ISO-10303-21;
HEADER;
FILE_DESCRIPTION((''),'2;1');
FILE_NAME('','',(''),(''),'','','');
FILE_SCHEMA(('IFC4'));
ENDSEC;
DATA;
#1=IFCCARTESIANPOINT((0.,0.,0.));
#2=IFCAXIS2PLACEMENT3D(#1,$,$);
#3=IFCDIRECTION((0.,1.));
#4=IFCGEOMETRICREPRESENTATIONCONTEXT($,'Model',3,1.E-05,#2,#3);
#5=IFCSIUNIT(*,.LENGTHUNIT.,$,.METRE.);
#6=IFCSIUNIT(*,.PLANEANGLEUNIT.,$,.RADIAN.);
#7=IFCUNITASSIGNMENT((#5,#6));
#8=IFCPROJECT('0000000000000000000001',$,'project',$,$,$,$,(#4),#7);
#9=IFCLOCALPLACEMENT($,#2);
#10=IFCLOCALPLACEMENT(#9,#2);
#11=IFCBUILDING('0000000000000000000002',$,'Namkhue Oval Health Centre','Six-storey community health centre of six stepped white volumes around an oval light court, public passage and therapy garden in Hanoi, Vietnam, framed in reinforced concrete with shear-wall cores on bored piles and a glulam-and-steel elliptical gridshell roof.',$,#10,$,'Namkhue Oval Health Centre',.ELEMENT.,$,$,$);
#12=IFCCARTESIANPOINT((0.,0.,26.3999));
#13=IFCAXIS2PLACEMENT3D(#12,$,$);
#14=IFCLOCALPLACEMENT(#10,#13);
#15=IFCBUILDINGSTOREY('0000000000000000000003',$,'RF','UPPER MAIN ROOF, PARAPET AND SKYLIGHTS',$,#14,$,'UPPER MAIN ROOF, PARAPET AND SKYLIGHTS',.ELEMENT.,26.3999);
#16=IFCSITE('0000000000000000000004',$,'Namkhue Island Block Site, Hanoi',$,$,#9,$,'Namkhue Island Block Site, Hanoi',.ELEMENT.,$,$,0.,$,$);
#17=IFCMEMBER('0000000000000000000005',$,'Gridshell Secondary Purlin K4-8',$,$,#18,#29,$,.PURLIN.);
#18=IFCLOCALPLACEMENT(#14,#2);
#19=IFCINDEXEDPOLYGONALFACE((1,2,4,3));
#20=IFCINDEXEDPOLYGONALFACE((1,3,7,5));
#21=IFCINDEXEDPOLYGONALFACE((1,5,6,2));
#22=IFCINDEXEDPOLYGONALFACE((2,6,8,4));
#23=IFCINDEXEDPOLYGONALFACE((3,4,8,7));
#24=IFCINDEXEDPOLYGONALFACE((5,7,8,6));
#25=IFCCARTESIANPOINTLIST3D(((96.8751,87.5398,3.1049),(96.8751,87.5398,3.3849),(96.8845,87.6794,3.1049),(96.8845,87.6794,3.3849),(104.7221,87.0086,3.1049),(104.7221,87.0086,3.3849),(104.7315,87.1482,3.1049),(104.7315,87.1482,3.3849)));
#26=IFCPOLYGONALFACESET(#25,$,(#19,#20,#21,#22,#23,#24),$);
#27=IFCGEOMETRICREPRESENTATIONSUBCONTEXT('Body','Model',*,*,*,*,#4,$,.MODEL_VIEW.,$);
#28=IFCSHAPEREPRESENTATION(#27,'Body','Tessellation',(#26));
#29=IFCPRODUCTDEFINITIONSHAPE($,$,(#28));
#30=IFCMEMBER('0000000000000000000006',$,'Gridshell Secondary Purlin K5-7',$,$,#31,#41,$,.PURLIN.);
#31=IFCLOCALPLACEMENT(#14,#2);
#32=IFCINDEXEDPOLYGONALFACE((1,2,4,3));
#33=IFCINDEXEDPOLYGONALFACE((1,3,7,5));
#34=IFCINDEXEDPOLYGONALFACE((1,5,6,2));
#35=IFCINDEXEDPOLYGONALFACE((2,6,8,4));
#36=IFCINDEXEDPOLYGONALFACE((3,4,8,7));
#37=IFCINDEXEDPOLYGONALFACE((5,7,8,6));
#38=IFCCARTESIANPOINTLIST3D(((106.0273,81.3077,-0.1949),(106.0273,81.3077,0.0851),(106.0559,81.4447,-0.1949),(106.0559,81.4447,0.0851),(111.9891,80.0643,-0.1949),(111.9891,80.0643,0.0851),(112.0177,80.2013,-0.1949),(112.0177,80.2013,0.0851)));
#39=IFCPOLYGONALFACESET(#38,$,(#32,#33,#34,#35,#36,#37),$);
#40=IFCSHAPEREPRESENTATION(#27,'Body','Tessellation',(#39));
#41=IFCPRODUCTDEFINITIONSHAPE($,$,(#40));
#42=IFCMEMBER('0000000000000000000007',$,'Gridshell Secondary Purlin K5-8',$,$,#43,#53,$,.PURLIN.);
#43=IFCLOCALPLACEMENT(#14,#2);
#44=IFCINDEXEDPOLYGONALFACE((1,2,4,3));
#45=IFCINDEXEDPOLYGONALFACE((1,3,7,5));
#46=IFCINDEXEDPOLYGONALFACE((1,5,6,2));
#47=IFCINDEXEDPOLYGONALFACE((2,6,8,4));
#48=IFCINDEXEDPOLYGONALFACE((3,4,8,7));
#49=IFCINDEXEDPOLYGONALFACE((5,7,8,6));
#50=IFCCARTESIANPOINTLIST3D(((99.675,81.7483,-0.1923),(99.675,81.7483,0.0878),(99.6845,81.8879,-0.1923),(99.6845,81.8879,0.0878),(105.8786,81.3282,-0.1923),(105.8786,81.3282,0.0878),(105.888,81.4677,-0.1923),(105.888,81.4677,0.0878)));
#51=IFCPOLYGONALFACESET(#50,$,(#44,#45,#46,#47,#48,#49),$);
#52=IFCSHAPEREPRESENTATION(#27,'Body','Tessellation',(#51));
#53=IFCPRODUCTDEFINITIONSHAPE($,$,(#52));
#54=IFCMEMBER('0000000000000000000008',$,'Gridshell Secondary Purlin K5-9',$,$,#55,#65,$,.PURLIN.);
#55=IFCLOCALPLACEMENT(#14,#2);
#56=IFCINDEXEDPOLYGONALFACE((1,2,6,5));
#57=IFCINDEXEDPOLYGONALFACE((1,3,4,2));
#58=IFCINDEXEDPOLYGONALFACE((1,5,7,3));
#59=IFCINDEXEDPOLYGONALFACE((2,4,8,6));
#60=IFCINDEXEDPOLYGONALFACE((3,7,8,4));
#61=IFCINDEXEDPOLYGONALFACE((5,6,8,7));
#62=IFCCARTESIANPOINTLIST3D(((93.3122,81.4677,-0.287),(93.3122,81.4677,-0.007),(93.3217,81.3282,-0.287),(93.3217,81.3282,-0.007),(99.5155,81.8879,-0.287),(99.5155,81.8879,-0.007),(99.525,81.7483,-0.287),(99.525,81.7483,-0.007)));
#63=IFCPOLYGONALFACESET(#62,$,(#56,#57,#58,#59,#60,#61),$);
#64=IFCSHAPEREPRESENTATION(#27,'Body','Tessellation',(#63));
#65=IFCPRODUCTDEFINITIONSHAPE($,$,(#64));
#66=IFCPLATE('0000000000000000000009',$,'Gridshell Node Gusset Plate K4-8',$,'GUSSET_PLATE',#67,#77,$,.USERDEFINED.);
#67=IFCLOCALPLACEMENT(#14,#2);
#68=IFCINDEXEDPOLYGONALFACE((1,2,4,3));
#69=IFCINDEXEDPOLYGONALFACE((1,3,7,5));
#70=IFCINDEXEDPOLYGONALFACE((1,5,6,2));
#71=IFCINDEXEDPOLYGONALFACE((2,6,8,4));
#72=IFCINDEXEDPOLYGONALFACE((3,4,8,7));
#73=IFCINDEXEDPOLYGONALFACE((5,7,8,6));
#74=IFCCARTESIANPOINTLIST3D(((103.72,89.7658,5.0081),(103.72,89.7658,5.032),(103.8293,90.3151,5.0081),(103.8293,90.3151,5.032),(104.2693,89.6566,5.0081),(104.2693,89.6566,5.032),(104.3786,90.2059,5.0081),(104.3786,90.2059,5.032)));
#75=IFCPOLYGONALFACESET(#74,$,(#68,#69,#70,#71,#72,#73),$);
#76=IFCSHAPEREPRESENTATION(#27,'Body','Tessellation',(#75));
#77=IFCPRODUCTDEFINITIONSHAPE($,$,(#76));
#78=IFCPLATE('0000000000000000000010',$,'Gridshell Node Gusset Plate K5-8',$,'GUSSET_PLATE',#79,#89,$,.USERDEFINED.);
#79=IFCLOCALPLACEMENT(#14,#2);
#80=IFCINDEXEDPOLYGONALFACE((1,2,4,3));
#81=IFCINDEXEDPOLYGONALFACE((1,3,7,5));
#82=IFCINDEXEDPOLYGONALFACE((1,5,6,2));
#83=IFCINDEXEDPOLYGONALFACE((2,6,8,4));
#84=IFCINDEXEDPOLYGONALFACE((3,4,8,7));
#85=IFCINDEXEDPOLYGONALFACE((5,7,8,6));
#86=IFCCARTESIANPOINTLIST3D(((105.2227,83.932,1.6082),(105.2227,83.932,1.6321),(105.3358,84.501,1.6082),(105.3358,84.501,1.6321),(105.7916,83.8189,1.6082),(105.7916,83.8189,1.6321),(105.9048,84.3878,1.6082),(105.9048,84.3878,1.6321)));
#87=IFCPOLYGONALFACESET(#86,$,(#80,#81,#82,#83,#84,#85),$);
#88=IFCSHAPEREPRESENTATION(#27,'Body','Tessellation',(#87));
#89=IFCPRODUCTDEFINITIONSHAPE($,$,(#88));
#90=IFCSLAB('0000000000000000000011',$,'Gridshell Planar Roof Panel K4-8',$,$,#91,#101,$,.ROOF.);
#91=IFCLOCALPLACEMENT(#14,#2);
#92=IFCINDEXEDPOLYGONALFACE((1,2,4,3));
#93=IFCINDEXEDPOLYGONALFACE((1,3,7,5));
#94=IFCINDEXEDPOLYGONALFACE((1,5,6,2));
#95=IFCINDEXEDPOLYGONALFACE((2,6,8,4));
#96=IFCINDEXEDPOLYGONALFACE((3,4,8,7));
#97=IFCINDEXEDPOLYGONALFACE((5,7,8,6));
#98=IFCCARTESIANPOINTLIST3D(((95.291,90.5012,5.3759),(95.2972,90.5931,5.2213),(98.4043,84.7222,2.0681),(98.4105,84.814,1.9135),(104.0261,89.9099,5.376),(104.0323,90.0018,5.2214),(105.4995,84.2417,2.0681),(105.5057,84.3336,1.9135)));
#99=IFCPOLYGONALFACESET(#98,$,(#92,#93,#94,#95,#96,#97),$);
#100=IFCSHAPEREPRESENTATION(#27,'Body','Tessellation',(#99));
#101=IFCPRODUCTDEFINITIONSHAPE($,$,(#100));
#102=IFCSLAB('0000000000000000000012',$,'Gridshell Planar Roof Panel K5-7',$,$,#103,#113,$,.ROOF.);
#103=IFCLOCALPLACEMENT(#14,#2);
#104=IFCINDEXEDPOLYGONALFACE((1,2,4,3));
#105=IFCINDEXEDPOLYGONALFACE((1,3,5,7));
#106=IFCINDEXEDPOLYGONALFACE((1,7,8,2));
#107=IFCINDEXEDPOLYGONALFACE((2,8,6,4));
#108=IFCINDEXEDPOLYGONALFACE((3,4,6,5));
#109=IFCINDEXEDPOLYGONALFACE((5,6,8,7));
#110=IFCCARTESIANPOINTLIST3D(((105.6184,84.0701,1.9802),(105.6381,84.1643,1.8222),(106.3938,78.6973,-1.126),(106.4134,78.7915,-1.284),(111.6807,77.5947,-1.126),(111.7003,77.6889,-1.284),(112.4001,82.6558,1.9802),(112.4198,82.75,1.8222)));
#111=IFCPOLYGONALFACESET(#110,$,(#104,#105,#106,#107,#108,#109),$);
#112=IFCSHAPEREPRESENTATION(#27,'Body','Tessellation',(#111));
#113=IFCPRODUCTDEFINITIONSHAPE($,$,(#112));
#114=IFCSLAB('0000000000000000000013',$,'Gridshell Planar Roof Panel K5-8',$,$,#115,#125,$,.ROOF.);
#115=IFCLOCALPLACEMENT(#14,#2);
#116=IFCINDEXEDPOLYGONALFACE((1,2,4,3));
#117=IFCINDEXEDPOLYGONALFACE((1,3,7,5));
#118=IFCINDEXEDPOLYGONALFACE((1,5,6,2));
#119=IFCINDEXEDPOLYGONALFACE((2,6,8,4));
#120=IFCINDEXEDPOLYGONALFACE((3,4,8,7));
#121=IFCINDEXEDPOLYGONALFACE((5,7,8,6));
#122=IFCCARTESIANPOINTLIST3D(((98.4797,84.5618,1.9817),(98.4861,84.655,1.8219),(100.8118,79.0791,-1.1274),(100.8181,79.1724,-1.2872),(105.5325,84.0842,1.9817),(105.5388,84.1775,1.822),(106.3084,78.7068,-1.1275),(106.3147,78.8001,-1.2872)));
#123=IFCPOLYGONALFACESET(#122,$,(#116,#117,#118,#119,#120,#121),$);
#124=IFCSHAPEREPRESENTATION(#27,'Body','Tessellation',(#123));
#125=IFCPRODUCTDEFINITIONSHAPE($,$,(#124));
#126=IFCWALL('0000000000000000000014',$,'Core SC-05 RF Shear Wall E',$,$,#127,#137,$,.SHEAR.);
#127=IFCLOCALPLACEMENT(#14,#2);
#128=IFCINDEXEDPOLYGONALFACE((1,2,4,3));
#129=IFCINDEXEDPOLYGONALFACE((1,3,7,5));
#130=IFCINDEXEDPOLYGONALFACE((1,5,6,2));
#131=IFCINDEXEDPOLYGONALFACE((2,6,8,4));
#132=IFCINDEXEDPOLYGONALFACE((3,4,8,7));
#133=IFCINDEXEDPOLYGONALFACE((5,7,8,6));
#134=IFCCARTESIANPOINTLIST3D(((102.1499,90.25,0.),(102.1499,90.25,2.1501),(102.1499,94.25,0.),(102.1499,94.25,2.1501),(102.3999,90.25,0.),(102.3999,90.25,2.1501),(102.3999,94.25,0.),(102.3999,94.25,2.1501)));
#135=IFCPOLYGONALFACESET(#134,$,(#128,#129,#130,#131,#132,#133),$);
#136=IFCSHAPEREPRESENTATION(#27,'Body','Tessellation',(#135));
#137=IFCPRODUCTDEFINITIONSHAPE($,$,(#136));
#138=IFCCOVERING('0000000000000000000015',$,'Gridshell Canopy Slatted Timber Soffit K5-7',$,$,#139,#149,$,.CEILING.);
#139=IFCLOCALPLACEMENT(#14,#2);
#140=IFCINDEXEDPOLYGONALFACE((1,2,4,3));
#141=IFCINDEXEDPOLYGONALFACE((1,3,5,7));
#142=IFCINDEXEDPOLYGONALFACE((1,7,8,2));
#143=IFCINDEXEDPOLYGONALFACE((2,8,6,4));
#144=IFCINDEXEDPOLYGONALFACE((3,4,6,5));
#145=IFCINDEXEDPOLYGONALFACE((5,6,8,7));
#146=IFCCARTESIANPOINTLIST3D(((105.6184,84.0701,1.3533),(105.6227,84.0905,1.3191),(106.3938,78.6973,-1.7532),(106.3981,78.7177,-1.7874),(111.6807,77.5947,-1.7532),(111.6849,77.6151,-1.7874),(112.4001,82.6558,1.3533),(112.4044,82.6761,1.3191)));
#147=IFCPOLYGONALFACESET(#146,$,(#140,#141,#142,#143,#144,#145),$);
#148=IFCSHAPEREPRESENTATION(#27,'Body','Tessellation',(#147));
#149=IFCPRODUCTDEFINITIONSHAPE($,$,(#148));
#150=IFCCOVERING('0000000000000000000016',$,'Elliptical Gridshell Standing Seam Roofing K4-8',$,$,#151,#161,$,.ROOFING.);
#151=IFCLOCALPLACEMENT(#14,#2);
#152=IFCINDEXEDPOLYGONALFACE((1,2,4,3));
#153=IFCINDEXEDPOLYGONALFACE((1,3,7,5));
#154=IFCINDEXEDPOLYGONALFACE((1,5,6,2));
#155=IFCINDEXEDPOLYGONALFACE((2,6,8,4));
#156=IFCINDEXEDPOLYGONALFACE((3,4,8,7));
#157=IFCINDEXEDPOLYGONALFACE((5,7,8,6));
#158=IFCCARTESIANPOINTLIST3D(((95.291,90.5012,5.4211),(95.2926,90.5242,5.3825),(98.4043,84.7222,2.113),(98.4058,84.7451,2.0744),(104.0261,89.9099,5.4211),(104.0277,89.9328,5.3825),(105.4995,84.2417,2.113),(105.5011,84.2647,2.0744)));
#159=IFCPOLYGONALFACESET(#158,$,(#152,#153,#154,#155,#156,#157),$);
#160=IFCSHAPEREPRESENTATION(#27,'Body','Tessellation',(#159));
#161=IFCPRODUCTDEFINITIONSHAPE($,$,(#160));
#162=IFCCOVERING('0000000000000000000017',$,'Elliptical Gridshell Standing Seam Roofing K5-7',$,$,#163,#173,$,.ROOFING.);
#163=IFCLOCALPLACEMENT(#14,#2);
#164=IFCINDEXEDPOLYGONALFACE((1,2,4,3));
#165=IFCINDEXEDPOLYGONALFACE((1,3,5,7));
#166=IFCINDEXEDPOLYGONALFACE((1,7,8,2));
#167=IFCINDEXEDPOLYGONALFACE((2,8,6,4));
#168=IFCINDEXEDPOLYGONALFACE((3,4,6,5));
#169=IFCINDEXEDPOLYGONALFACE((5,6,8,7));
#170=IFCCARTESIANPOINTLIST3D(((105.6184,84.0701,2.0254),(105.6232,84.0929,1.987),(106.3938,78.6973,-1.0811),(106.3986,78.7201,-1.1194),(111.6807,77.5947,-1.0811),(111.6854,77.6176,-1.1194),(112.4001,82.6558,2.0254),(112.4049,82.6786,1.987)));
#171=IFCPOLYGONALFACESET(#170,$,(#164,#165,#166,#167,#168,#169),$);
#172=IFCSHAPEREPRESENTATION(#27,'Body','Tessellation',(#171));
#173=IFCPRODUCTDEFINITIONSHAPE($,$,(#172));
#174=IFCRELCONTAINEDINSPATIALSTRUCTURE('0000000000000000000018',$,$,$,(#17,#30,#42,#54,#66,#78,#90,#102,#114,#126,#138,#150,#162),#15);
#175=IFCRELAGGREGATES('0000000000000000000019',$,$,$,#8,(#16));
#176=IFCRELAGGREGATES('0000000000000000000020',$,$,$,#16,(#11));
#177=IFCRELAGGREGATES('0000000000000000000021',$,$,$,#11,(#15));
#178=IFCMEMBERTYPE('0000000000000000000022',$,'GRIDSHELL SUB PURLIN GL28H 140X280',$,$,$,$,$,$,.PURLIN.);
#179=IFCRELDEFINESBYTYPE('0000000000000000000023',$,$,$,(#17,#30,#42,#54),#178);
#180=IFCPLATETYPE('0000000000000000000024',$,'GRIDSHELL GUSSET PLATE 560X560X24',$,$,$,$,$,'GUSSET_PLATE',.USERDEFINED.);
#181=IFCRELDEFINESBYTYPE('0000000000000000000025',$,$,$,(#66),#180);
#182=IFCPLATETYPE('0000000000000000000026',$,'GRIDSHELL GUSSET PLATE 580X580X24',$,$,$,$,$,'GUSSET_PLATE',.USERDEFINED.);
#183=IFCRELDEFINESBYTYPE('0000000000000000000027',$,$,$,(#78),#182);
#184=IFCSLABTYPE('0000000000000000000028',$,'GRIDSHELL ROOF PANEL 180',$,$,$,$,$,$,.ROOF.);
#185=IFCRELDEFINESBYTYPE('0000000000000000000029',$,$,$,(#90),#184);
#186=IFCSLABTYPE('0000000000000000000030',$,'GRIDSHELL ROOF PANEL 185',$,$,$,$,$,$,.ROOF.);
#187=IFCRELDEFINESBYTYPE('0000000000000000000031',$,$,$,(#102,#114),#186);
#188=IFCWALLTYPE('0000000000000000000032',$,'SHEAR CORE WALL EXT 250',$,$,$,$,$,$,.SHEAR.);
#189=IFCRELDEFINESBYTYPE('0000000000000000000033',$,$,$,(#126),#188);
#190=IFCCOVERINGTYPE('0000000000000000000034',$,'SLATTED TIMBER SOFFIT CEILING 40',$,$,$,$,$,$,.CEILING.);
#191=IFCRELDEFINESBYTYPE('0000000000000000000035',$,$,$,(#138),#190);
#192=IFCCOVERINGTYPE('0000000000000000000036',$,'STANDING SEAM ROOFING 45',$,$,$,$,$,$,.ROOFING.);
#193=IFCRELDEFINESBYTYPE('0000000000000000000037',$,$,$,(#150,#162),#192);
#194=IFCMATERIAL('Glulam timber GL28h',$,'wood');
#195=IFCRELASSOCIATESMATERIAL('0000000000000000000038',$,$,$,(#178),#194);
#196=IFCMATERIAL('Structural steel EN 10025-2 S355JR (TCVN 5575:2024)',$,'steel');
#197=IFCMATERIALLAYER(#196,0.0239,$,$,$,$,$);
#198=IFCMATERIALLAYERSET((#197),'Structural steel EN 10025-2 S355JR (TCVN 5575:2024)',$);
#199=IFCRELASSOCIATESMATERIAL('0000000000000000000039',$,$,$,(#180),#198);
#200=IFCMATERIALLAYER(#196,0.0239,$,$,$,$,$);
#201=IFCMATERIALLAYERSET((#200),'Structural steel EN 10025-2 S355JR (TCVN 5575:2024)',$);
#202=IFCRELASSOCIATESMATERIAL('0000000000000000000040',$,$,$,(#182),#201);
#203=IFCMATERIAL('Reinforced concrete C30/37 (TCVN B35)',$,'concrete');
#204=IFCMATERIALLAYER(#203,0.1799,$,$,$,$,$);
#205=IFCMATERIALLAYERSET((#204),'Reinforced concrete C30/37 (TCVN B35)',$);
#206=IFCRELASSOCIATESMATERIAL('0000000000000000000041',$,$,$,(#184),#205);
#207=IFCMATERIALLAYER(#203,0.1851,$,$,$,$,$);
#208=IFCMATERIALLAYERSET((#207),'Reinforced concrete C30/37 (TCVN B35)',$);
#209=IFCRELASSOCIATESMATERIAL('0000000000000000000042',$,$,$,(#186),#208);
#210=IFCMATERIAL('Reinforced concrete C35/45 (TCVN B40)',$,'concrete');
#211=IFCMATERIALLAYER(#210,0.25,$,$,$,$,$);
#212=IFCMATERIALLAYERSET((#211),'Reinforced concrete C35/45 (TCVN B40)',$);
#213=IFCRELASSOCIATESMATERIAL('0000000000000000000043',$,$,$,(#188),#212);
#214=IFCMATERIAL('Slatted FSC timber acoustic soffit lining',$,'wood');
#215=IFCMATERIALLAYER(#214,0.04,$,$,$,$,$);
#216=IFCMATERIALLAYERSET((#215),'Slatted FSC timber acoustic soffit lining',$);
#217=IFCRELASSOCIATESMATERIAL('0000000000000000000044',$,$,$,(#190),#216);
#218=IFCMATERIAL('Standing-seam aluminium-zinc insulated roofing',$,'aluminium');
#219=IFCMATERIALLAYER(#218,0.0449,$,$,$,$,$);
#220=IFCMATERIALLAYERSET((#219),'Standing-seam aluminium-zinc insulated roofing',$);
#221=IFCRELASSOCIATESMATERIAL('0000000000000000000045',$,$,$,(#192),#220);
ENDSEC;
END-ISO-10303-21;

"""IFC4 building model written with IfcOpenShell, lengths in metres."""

from ifc_helpers import new_model, si_unit, direction, frame, frame_2d, origin, origin_2d, place, context, subcontext, project, spatial, polyline, rectangle, outline, extrude, material, layer, layer_set, material_profile, profile_set, type_object, element, save


model = new_model("IFC4")

# Units and contexts
model_context = context("Model", 3, precision=1e-05, world=origin(), true_north=direction((0.0, 1.0)))
body_context = subcontext(model_context, "Body", "Model", "MODEL_VIEW")
ifc_project = project(units=[si_unit("LENGTHUNIT", "METRE"), si_unit("PLANEANGLEUNIT", "RADIAN")], contexts=[model_context])

# Site, building, storey
site_placement = place(None, origin())
site = spatial("IfcSite", under=ifc_project, at=site_placement, Name="Namkhue Island Block Site, Hanoi", LongName="Namkhue Island Block Site, Hanoi", CompositionType="ELEMENT", RefElevation=0.0)
building_placement = place(site_placement, origin())
building = spatial("IfcBuilding", under=site, at=building_placement, Name="Namkhue Oval Health Centre", Description="Six-storey community health centre of six stepped white volumes around an oval light court, public passage and therapy garden in Hanoi, Vietnam, framed in reinforced concrete with shear-wall cores on bored piles and a glulam-and-steel elliptical gridshell roof.", LongName="Namkhue Oval Health Centre", CompositionType="ELEMENT")
storey_placement = place(building_placement, frame((0.0, 0.0, 26.3999)))
storey = spatial("IfcBuildingStorey", under=building, at=storey_placement, Name="RF", Description="UPPER MAIN ROOF, PARAPET AND SKYLIGHTS", LongName="UPPER MAIN ROOF, PARAPET AND SKYLIGHTS", CompositionType="ELEMENT", Elevation=26.3999)

# Members
ifc_material_1 = material(Name="Structural steel EN 10025-2 S355JR (TCVN 5575:2024)", Category="steel")
ifc_material_2 = material(Name="Glulam timber GL28h", Category="wood")
ifc_material_profile_1 = material_profile(ifc_material_2, rectangle(XDim=0.1399, YDim=0.28, at=origin_2d()), Name="GL28h 140x280")
ifc_profile_set_1 = profile_set([ifc_material_profile_1], Name="Glulam timber GL28h")
member_type_1 = type_object("IfcMemberType", Name="GRIDSHELL SUB PURLIN GL28H 140X280", PredefinedType="PURLIN", material=ifc_profile_set_1)
member_1_placement = place(storey_placement, frame((104.7268, 87.0784, 3.2449), z_axis=(-0.997716, 0.067547, 0.0), x_axis=(-0.067547, -0.997716, 0.0)))
element("IfcMember", 1, at=member_1_placement, inside=storey, type_object=member_type_1, Name="Gridshell Secondary Purlin K4-8", PredefinedType="PURLIN", context=body_context, shape_type="SweptSolid", body=[
    extrude(rectangle(XDim=0.1399, YDim=0.28, at=origin_2d()), origin(), (0.0, 0.0, 1.0), 7.865),
])
member_2_placement = place(storey_placement, frame((112.0034, 80.1328, -0.0549), z_axis=(-0.978936, 0.204166, 0.0), x_axis=(-0.204166, -0.978936, 0.0)))
element("IfcMember", 2, at=member_2_placement, inside=storey, type_object=member_type_1, Name="Gridshell Secondary Purlin K5-7", PredefinedType="PURLIN", context=body_context, shape_type="SweptSolid", body=[
    extrude(rectangle(XDim=0.1399, YDim=0.28, at=origin_2d()), origin(), (0.0, 0.0, 1.0), 6.0901),
])
member_3_placement = place(storey_placement, frame((105.8833, 81.3979, -0.0522), z_axis=(-0.997714, 0.067574, 0.0), x_axis=(-0.067574, -0.997714, 0.0)))
element("IfcMember", 3, at=member_3_placement, inside=storey, type_object=member_type_1, Name="Gridshell Secondary Purlin K5-8", PredefinedType="PURLIN", context=body_context, shape_type="SweptSolid", body=[
    extrude(rectangle(XDim=0.1399, YDim=0.28, at=origin_2d()), origin(), (0.0, 0.0, 1.0), 6.2178),
])
member_4_placement = place(storey_placement, frame((99.5203, 81.8181, -0.147), z_axis=(-0.997714, -0.067577, 0.0), x_axis=(0.067577, -0.997714, 0.0)))
element("IfcMember", 4, at=member_4_placement, inside=storey, type_object=member_type_1, Name="Gridshell Secondary Purlin K5-9", PredefinedType="PURLIN", context=body_context, shape_type="SweptSolid", body=[
    extrude(rectangle(XDim=0.1399, YDim=0.28, at=origin_2d()), origin(), (0.0, 0.0, 1.0), 6.2175),
])

# Plates
ifc_layer_1 = layer(ifc_material_1, 0.0239)
ifc_layer_set_1 = layer_set([ifc_layer_1], Name="Structural steel EN 10025-2 S355JR (TCVN 5575:2024)")
plate_type_1 = type_object("IfcPlateType", Name="GRIDSHELL GUSSET PLATE 560X560X24", ElementType="GUSSET_PLATE", PredefinedType="USERDEFINED", material=ifc_layer_set_1)
plate_1_placement = place(storey_placement, frame((104.0493, 89.9858, 5.0081), z_axis=(0.0, 0.0, 1.0), x_axis=(0.19509, 0.980785, 0.0)))
element("IfcPlate", 5, at=plate_1_placement, inside=storey, type_object=plate_type_1, Name="Gridshell Node Gusset Plate K4-8", ObjectType="GUSSET_PLATE", PredefinedType="USERDEFINED", context=body_context, shape_type="SweptSolid", body=[
    extrude(rectangle(XDim=0.5601, YDim=0.5601, at=origin_2d()), origin(), (0.0, 0.0, 1.0), 0.0239),
])
ifc_layer_2 = layer(ifc_material_1, 0.0239)
ifc_layer_set_2 = layer_set([ifc_layer_2], Name="Structural steel EN 10025-2 S355JR (TCVN 5575:2024)")
plate_type_2 = type_object("IfcPlateType", Name="GRIDSHELL GUSSET PLATE 580X580X24", ElementType="GUSSET_PLATE", PredefinedType="USERDEFINED", material=ifc_layer_set_2)
plate_2_placement = place(storey_placement, frame((105.5637, 84.1599, 1.6082), z_axis=(0.0, 0.0, 1.0), x_axis=(0.19509, 0.980785, 0.0)))
element("IfcPlate", 6, at=plate_2_placement, inside=storey, type_object=plate_type_2, Name="Gridshell Node Gusset Plate K5-8", ObjectType="GUSSET_PLATE", PredefinedType="USERDEFINED", context=body_context, shape_type="SweptSolid", body=[
    extrude(rectangle(XDim=0.5801, YDim=0.5801, at=origin_2d()), origin(), (0.0, 0.0, 1.0), 0.0239),
])

# Slabs
ifc_material_3 = material(Name="Reinforced concrete C30/37 (TCVN B35)", Category="concrete")
ifc_layer_3 = layer(ifc_material_3, 0.1799)
ifc_layer_set_3 = layer_set([ifc_layer_3], Name="Reinforced concrete C30/37 (TCVN B35)")
slab_type_1 = type_object("IfcSlabType", Name="GRIDSHELL ROOF PANEL 180", PredefinedType="ROOF", material=ifc_layer_set_3)
slab_1_placement = place(storey_placement, frame((104.0261, 89.9099, 5.376), z_axis=(-0.034558, -0.510421, 0.85923), x_axis=(-0.997716, 0.067542, -0.000005)))
element("IfcSlab", 7, at=slab_1_placement, inside=storey, type_object=slab_type_1, Name="Gridshell Planar Roof Panel K4-8", PredefinedType="ROOF", context=body_context, shape_type="SweptSolid", body=[
    extrude(outline(polyline([(0.0, 0.0), (8.7551, 0.0), (5.2586, 6.4658), (-1.8528, 6.4659), (0.0, 0.0)])), origin(), (0.0, 0.0, -1.0), 0.1799),
])
ifc_layer_4 = layer(ifc_material_3, 0.1851)
ifc_layer_set_4 = layer_set([ifc_layer_4], Name="Reinforced concrete C30/37 (TCVN B35)")
slab_type_2 = type_object("IfcSlabType", Name="GRIDSHELL ROOF PANEL 185", PredefinedType="ROOF", material=ifc_layer_set_4)
slab_2_placement = place(storey_placement, frame((112.4001, 82.6558, 1.9802), z_axis=(-0.106174, -0.509121, 0.854121), x_axis=(-0.978939, 0.204154, 0.000001)))
element("IfcSlab", 8, at=slab_2_placement, inside=storey, type_object=slab_type_2, Name="Gridshell Planar Roof Panel K5-7", PredefinedType="ROOF", context=body_context, shape_type="SweptSolid", body=[
    extrude(outline(polyline([(0.0, 0.0), (6.9276, 0.0), (5.0717, 5.9726), (-0.3289, 5.9726), (0.0, 0.0)])), origin(), (0.0, 0.0, -1.0), 0.1851),
])
slab_3_placement = place(storey_placement, frame((105.5325, 84.0842, 1.9817), z_axis=(-0.034127, -0.503939, 0.863065), x_axis=(-0.997715, 0.067558, -0.000005)))
element("IfcSlab", 9, at=slab_3_placement, inside=storey, type_object=slab_type_2, Name="Gridshell Planar Roof Panel K5-8", PredefinedType="ROOF", context=body_context, shape_type="SweptSolid", body=[
    extrude(outline(polyline([(0.0, 0.0), (7.0689, 0.0), (4.3718, 6.1555), (-1.1374, 6.1556), (0.0, 0.0)])), origin(), (0.0, 0.0, -1.0), 0.1851),
])

# Wall
ifc_material_4 = material(Name="Reinforced concrete C35/45 (TCVN B40)", Category="concrete")
ifc_layer_5 = layer(ifc_material_4, 0.25)
ifc_layer_set_5 = layer_set([ifc_layer_5], Name="Reinforced concrete C35/45 (TCVN B40)")
wall_type = type_object("IfcWallType", Name="SHEAR CORE WALL EXT 250", PredefinedType="SHEAR", material=ifc_layer_set_5)
wall_placement = place(storey_placement, frame((102.2749, 90.25, 0.0), z_axis=(0.0, 0.0, 1.0), x_axis=(0.0, 1.0, 0.0)))
element("IfcWall", 10, at=wall_placement, inside=storey, type_object=wall_type, Name="Core SC-05 RF Shear Wall E", PredefinedType="SHEAR", context=body_context, shape_type="SweptSolid", body=[
    extrude(rectangle(XDim=4.0, YDim=0.25, at=frame_2d((2.0, 0.0))), origin(), (0.0, 0.0, 1.0), 2.1501),
])

# Coverings
ifc_material_5 = material(Name="Slatted FSC timber acoustic soffit lining", Category="wood")
ifc_layer_6 = layer(ifc_material_5, 0.04)
ifc_layer_set_6 = layer_set([ifc_layer_6], Name="Slatted FSC timber acoustic soffit lining")
covering_type_1 = type_object("IfcCoveringType", Name="SLATTED TIMBER SOFFIT CEILING 40", PredefinedType="CEILING", material=ifc_layer_set_6)
covering_1_placement = place(storey_placement, frame((112.4001, 82.6558, 1.3533), z_axis=(-0.106181, -0.50915, 0.854103), x_axis=(-0.978939, 0.204154, 0.000001)))
element("IfcCovering", 11, at=covering_1_placement, inside=storey, type_object=covering_type_1, Name="Gridshell Canopy Slatted Timber Soffit K5-7", PredefinedType="CEILING", context=body_context, shape_type="SweptSolid", body=[
    extrude(outline(polyline([(0.0, 0.0), (6.9276, 0.0), (5.0717, 5.9727), (-0.3289, 5.9727), (0.0, 0.0)])), origin(), (0.0, 0.0, -1.0), 0.04),
])
ifc_material_6 = material(Name="Standing-seam aluminium-zinc insulated roofing", Category="aluminium")
ifc_layer_7 = layer(ifc_material_6, 0.0449)
ifc_layer_set_7 = layer_set([ifc_layer_7], Name="Standing-seam aluminium-zinc insulated roofing")
covering_type_2 = type_object("IfcCoveringType", Name="STANDING SEAM ROOFING 45", PredefinedType="ROOFING", material=ifc_layer_set_7)
covering_2_placement = place(storey_placement, frame((104.0261, 89.9099, 5.4211), z_axis=(-0.034559, -0.510449, 0.859213), x_axis=(-0.997716, 0.067542, -0.000005)))
element("IfcCovering", 12, at=covering_2_placement, inside=storey, type_object=covering_type_2, Name="Elliptical Gridshell Standing Seam Roofing K4-8", PredefinedType="ROOFING", context=body_context, shape_type="SweptSolid", body=[
    extrude(outline(polyline([(0.0, 0.0), (8.7551, 0.0), (5.2586, 6.4659), (-1.8528, 6.4661), (0.0, 0.0)])), origin(), (0.0, 0.0, -1.0), 0.0449),
])
covering_3_placement = place(storey_placement, frame((112.4001, 82.6558, 2.0254), z_axis=(-0.106181, -0.50915, 0.854103), x_axis=(-0.978939, 0.204154, 0.000001)))
element("IfcCovering", 13, at=covering_3_placement, inside=storey, type_object=covering_type_2, Name="Elliptical Gridshell Standing Seam Roofing K5-7", PredefinedType="ROOFING", context=body_context, shape_type="SweptSolid", body=[
    extrude(outline(polyline([(0.0, 0.0), (6.9276, 0.0), (5.0717, 5.9727), (-0.3289, 5.9727), (0.0, 0.0)])), origin(), (0.0, 0.0, -1.0), 0.0449),
])

save(model, "model.ifc")
